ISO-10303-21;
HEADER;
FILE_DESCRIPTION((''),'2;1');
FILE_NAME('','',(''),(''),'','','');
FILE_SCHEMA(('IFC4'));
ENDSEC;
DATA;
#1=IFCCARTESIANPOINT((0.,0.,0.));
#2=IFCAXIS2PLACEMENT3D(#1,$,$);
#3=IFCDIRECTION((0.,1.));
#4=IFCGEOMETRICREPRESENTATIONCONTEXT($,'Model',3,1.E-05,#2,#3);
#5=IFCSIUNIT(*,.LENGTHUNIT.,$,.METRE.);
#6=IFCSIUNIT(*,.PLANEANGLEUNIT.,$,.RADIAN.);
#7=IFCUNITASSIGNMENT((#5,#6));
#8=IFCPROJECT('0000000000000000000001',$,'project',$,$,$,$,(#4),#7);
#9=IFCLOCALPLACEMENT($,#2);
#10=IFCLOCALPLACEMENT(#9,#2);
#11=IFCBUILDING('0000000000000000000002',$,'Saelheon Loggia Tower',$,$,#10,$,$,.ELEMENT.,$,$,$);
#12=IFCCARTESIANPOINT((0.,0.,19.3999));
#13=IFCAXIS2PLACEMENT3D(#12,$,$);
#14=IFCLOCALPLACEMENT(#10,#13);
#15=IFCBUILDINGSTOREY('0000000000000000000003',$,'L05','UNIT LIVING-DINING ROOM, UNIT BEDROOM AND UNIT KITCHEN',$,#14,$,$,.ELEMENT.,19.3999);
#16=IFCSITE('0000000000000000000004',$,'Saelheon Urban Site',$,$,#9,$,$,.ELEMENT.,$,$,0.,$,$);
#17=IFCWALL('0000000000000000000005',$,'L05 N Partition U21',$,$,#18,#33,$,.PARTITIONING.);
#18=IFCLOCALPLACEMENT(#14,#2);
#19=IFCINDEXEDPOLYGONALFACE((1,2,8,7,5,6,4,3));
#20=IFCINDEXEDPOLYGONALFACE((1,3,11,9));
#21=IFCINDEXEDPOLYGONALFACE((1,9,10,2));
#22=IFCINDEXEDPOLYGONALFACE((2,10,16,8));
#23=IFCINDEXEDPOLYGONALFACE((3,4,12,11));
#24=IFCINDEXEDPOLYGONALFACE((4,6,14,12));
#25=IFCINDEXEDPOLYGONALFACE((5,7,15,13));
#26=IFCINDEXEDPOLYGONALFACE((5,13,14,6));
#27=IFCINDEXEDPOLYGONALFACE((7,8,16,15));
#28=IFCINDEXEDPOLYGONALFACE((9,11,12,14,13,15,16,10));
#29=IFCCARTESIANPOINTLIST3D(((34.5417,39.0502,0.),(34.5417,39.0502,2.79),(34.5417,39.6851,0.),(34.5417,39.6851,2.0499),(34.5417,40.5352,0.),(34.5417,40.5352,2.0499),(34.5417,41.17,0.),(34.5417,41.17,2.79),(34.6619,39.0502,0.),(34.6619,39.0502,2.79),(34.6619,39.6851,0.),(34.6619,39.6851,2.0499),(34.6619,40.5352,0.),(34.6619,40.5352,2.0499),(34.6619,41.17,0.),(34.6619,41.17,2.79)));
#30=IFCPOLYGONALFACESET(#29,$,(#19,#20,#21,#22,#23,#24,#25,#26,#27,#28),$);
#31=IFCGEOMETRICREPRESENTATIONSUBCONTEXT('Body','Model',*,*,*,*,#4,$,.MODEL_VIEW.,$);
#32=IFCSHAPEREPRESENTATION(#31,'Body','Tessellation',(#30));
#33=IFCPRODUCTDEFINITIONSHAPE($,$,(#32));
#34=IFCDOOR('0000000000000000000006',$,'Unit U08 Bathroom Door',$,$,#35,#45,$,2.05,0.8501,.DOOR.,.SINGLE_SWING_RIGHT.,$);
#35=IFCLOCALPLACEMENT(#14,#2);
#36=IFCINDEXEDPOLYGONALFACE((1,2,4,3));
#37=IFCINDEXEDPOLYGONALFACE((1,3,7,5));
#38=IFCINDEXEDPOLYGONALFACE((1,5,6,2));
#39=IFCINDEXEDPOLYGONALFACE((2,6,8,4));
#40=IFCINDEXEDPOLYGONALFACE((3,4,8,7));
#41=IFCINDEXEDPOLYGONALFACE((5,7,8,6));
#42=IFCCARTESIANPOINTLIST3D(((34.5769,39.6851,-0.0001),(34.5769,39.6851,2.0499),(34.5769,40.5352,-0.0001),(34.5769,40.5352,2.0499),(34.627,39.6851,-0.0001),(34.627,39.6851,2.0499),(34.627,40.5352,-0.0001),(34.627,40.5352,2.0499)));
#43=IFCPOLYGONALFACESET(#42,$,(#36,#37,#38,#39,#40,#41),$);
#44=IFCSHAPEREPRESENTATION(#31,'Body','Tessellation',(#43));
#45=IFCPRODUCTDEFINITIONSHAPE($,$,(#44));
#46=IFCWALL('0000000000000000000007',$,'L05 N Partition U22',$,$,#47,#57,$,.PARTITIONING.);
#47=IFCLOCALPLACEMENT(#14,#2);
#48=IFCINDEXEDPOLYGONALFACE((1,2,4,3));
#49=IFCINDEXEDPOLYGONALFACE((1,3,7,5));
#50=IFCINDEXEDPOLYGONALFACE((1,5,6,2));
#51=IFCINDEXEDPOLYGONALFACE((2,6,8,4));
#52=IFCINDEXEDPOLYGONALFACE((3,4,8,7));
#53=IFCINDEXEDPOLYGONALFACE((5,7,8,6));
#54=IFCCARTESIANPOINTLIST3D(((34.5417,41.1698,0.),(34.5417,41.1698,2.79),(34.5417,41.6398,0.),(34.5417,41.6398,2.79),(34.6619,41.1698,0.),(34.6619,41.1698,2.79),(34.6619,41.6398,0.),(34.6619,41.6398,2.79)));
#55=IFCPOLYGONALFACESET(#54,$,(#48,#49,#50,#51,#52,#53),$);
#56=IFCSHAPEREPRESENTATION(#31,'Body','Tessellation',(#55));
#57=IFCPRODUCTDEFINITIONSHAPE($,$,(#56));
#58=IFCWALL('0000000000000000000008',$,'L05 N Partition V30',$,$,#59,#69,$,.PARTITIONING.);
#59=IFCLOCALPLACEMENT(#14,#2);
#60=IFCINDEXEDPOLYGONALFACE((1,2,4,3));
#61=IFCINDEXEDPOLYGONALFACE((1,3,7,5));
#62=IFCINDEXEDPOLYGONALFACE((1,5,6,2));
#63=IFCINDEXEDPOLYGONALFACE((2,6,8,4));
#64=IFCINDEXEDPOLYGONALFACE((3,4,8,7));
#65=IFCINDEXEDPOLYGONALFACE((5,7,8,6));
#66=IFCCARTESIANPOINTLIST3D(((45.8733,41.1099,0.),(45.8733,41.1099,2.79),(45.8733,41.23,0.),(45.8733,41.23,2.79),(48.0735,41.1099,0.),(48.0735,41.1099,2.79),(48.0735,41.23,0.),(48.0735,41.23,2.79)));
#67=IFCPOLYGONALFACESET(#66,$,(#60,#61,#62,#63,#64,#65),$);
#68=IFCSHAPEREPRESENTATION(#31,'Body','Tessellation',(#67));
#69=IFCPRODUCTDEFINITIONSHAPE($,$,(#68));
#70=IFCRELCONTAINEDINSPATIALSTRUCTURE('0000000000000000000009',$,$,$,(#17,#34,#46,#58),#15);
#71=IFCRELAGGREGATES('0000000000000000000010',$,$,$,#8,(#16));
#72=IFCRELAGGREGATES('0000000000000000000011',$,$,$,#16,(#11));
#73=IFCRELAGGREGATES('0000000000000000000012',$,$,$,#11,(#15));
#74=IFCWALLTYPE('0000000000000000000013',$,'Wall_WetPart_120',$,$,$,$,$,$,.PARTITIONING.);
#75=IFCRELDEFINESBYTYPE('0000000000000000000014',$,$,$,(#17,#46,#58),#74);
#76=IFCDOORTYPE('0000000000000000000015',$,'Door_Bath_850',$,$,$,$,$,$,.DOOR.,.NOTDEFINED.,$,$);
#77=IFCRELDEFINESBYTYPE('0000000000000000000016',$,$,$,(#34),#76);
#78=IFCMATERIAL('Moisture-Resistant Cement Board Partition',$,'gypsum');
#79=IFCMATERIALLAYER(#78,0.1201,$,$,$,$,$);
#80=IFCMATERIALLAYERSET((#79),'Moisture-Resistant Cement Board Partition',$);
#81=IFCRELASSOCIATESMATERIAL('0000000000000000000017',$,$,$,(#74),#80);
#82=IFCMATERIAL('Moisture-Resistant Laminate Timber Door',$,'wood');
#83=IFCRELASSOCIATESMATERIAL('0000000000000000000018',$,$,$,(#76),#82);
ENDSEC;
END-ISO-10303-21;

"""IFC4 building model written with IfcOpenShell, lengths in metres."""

from ifc_helpers import new_model, si_unit, direction, frame, frame_2d, origin, place, context, subcontext, project, spatial, rectangle, extrude, source, transform, mapped, material, layer, layer_set, type_object, element, fill, save


model = new_model("IFC4")

# Units and contexts
model_context = context("Model", 3, precision=1e-05, world=origin(), true_north=direction((0.0, 1.0)))
body_context = subcontext(model_context, "Body", "Model", "MODEL_VIEW")
ifc_project = project(units=[si_unit("LENGTHUNIT", "METRE"), si_unit("PLANEANGLEUNIT", "RADIAN")], contexts=[model_context])

# Site, building, storey
site_placement = place(None, origin())
site = spatial("IfcSite", under=ifc_project, at=site_placement, Name="Saelheon Urban Site", CompositionType="ELEMENT", RefElevation=0.0)
building_placement = place(site_placement, origin())
building = spatial("IfcBuilding", under=site, at=building_placement, Name="Saelheon Loggia Tower", CompositionType="ELEMENT")
storey_placement = place(building_placement, frame((0.0, 0.0, 19.3999)))
storey = spatial("IfcBuildingStorey", under=building, at=storey_placement, Name="L05", Description="UNIT LIVING-DINING ROOM, UNIT BEDROOM AND UNIT KITCHEN", CompositionType="ELEMENT", Elevation=19.3999)

# Wall, opening, door
ifc_material_1 = material(Name="Moisture-Resistant Cement Board Partition", Category="gypsum")
ifc_layer_1 = layer(ifc_material_1, 0.1201)
ifc_layer_set_1 = layer_set([ifc_layer_1], Name="Moisture-Resistant Cement Board Partition")
wall_type_1 = type_object("IfcWallType", Name="Wall_WetPart_120", PredefinedType="PARTITIONING", material=ifc_layer_set_1)
wall_1_placement = place(storey_placement, frame((34.6018, 39.05, 0.0), z_axis=(0.0, 0.0, 1.0), x_axis=(0.0, 1.0, 0.0)))
wall_1 = element("IfcWall", 1, at=wall_1_placement, inside=storey, type_object=wall_type_1, Name="L05 N Partition U21", PredefinedType="PARTITIONING", context=body_context, shape_type="SweptSolid", body=[
    extrude(rectangle(XDim=2.1199, YDim=0.1201, at=frame_2d((1.0601, 0.0))), origin(), (0.0, 0.0, 1.0), 2.79),
])
opening_1_placement = place(wall_1_placement, frame((0.635, 0.0, 0.0)))
opening_1 = element("IfcOpeningElement", 2, at=opening_1_placement, cuts=wall_1, PredefinedType="OPENING", context=body_context, shape_type="SweptSolid", body=[
    extrude(rectangle(XDim=0.8501, YDim=2.05, at=frame_2d((0.425, 1.0249))), frame((0.0, 0.072, 0.0), z_axis=(0.0, -1.0, 0.0), x_axis=(1.0, 0.0, 0.0)), (0.0, 0.0, 1.0), 0.144),
])
ifc_material_2 = material(Name="Moisture-Resistant Laminate Timber Door", Category="wood")
door_type_1 = type_object("IfcDoorType", Name="Door_Bath_850", OperationType="NOTDEFINED", PredefinedType="DOOR", material=ifc_material_2)
shared_shape_1 = source(origin(), body_context, "Body", "SweptSolid", [
    extrude(rectangle(XDim=0.8501, YDim=2.05, at=frame_2d((0.425, 1.0249))), frame((0.0, 0.0249, 0.0), z_axis=(0.0, -1.0, 0.0), x_axis=(1.0, 0.0, 0.0)), (0.0, 0.0, 1.0), 0.05),
])
door_1_placement = place(opening_1_placement, origin())
door_1 = element("IfcDoor", 3, at=door_1_placement, inside=storey, type_object=door_type_1, Name="Unit U08 Bathroom Door", OperationType="SINGLE_SWING_RIGHT", OverallHeight=2.05, OverallWidth=0.8501, PredefinedType="DOOR", context=body_context, shape_type="MappedRepresentation", body=[
    mapped(shared_shape_1, transform((0.0, 0.0, 0.0), scale=1.0)),
])
fill(opening_1, door_1)

# Walls
wall_2_placement = place(storey_placement, frame((34.6018, 41.1699, 0.0), z_axis=(0.0, 0.0, 1.0), x_axis=(0.0, 1.0, 0.0)))
element("IfcWall", 4, at=wall_2_placement, inside=storey, type_object=wall_type_1, Name="L05 N Partition U22", PredefinedType="PARTITIONING", context=body_context, shape_type="SweptSolid", body=[
    extrude(rectangle(XDim=0.47, YDim=0.1201, at=frame_2d((0.2349, 0.0))), origin(), (0.0, 0.0, 1.0), 2.79),
])
wall_3_placement = place(storey_placement, frame((45.8733, 41.1699, 0.0), z_axis=(0.0, 0.0, 1.0), x_axis=(1.0, 0.0, 0.0)))
element("IfcWall", 5, at=wall_3_placement, inside=storey, type_object=wall_type_1, Name="L05 N Partition V30", PredefinedType="PARTITIONING", context=body_context, shape_type="SweptSolid", body=[
    extrude(rectangle(XDim=2.2002, YDim=0.1201, at=frame_2d((1.1001, 0.0))), origin(), (0.0, 0.0, 1.0), 2.79),
])

save(model, "model.ifc")
